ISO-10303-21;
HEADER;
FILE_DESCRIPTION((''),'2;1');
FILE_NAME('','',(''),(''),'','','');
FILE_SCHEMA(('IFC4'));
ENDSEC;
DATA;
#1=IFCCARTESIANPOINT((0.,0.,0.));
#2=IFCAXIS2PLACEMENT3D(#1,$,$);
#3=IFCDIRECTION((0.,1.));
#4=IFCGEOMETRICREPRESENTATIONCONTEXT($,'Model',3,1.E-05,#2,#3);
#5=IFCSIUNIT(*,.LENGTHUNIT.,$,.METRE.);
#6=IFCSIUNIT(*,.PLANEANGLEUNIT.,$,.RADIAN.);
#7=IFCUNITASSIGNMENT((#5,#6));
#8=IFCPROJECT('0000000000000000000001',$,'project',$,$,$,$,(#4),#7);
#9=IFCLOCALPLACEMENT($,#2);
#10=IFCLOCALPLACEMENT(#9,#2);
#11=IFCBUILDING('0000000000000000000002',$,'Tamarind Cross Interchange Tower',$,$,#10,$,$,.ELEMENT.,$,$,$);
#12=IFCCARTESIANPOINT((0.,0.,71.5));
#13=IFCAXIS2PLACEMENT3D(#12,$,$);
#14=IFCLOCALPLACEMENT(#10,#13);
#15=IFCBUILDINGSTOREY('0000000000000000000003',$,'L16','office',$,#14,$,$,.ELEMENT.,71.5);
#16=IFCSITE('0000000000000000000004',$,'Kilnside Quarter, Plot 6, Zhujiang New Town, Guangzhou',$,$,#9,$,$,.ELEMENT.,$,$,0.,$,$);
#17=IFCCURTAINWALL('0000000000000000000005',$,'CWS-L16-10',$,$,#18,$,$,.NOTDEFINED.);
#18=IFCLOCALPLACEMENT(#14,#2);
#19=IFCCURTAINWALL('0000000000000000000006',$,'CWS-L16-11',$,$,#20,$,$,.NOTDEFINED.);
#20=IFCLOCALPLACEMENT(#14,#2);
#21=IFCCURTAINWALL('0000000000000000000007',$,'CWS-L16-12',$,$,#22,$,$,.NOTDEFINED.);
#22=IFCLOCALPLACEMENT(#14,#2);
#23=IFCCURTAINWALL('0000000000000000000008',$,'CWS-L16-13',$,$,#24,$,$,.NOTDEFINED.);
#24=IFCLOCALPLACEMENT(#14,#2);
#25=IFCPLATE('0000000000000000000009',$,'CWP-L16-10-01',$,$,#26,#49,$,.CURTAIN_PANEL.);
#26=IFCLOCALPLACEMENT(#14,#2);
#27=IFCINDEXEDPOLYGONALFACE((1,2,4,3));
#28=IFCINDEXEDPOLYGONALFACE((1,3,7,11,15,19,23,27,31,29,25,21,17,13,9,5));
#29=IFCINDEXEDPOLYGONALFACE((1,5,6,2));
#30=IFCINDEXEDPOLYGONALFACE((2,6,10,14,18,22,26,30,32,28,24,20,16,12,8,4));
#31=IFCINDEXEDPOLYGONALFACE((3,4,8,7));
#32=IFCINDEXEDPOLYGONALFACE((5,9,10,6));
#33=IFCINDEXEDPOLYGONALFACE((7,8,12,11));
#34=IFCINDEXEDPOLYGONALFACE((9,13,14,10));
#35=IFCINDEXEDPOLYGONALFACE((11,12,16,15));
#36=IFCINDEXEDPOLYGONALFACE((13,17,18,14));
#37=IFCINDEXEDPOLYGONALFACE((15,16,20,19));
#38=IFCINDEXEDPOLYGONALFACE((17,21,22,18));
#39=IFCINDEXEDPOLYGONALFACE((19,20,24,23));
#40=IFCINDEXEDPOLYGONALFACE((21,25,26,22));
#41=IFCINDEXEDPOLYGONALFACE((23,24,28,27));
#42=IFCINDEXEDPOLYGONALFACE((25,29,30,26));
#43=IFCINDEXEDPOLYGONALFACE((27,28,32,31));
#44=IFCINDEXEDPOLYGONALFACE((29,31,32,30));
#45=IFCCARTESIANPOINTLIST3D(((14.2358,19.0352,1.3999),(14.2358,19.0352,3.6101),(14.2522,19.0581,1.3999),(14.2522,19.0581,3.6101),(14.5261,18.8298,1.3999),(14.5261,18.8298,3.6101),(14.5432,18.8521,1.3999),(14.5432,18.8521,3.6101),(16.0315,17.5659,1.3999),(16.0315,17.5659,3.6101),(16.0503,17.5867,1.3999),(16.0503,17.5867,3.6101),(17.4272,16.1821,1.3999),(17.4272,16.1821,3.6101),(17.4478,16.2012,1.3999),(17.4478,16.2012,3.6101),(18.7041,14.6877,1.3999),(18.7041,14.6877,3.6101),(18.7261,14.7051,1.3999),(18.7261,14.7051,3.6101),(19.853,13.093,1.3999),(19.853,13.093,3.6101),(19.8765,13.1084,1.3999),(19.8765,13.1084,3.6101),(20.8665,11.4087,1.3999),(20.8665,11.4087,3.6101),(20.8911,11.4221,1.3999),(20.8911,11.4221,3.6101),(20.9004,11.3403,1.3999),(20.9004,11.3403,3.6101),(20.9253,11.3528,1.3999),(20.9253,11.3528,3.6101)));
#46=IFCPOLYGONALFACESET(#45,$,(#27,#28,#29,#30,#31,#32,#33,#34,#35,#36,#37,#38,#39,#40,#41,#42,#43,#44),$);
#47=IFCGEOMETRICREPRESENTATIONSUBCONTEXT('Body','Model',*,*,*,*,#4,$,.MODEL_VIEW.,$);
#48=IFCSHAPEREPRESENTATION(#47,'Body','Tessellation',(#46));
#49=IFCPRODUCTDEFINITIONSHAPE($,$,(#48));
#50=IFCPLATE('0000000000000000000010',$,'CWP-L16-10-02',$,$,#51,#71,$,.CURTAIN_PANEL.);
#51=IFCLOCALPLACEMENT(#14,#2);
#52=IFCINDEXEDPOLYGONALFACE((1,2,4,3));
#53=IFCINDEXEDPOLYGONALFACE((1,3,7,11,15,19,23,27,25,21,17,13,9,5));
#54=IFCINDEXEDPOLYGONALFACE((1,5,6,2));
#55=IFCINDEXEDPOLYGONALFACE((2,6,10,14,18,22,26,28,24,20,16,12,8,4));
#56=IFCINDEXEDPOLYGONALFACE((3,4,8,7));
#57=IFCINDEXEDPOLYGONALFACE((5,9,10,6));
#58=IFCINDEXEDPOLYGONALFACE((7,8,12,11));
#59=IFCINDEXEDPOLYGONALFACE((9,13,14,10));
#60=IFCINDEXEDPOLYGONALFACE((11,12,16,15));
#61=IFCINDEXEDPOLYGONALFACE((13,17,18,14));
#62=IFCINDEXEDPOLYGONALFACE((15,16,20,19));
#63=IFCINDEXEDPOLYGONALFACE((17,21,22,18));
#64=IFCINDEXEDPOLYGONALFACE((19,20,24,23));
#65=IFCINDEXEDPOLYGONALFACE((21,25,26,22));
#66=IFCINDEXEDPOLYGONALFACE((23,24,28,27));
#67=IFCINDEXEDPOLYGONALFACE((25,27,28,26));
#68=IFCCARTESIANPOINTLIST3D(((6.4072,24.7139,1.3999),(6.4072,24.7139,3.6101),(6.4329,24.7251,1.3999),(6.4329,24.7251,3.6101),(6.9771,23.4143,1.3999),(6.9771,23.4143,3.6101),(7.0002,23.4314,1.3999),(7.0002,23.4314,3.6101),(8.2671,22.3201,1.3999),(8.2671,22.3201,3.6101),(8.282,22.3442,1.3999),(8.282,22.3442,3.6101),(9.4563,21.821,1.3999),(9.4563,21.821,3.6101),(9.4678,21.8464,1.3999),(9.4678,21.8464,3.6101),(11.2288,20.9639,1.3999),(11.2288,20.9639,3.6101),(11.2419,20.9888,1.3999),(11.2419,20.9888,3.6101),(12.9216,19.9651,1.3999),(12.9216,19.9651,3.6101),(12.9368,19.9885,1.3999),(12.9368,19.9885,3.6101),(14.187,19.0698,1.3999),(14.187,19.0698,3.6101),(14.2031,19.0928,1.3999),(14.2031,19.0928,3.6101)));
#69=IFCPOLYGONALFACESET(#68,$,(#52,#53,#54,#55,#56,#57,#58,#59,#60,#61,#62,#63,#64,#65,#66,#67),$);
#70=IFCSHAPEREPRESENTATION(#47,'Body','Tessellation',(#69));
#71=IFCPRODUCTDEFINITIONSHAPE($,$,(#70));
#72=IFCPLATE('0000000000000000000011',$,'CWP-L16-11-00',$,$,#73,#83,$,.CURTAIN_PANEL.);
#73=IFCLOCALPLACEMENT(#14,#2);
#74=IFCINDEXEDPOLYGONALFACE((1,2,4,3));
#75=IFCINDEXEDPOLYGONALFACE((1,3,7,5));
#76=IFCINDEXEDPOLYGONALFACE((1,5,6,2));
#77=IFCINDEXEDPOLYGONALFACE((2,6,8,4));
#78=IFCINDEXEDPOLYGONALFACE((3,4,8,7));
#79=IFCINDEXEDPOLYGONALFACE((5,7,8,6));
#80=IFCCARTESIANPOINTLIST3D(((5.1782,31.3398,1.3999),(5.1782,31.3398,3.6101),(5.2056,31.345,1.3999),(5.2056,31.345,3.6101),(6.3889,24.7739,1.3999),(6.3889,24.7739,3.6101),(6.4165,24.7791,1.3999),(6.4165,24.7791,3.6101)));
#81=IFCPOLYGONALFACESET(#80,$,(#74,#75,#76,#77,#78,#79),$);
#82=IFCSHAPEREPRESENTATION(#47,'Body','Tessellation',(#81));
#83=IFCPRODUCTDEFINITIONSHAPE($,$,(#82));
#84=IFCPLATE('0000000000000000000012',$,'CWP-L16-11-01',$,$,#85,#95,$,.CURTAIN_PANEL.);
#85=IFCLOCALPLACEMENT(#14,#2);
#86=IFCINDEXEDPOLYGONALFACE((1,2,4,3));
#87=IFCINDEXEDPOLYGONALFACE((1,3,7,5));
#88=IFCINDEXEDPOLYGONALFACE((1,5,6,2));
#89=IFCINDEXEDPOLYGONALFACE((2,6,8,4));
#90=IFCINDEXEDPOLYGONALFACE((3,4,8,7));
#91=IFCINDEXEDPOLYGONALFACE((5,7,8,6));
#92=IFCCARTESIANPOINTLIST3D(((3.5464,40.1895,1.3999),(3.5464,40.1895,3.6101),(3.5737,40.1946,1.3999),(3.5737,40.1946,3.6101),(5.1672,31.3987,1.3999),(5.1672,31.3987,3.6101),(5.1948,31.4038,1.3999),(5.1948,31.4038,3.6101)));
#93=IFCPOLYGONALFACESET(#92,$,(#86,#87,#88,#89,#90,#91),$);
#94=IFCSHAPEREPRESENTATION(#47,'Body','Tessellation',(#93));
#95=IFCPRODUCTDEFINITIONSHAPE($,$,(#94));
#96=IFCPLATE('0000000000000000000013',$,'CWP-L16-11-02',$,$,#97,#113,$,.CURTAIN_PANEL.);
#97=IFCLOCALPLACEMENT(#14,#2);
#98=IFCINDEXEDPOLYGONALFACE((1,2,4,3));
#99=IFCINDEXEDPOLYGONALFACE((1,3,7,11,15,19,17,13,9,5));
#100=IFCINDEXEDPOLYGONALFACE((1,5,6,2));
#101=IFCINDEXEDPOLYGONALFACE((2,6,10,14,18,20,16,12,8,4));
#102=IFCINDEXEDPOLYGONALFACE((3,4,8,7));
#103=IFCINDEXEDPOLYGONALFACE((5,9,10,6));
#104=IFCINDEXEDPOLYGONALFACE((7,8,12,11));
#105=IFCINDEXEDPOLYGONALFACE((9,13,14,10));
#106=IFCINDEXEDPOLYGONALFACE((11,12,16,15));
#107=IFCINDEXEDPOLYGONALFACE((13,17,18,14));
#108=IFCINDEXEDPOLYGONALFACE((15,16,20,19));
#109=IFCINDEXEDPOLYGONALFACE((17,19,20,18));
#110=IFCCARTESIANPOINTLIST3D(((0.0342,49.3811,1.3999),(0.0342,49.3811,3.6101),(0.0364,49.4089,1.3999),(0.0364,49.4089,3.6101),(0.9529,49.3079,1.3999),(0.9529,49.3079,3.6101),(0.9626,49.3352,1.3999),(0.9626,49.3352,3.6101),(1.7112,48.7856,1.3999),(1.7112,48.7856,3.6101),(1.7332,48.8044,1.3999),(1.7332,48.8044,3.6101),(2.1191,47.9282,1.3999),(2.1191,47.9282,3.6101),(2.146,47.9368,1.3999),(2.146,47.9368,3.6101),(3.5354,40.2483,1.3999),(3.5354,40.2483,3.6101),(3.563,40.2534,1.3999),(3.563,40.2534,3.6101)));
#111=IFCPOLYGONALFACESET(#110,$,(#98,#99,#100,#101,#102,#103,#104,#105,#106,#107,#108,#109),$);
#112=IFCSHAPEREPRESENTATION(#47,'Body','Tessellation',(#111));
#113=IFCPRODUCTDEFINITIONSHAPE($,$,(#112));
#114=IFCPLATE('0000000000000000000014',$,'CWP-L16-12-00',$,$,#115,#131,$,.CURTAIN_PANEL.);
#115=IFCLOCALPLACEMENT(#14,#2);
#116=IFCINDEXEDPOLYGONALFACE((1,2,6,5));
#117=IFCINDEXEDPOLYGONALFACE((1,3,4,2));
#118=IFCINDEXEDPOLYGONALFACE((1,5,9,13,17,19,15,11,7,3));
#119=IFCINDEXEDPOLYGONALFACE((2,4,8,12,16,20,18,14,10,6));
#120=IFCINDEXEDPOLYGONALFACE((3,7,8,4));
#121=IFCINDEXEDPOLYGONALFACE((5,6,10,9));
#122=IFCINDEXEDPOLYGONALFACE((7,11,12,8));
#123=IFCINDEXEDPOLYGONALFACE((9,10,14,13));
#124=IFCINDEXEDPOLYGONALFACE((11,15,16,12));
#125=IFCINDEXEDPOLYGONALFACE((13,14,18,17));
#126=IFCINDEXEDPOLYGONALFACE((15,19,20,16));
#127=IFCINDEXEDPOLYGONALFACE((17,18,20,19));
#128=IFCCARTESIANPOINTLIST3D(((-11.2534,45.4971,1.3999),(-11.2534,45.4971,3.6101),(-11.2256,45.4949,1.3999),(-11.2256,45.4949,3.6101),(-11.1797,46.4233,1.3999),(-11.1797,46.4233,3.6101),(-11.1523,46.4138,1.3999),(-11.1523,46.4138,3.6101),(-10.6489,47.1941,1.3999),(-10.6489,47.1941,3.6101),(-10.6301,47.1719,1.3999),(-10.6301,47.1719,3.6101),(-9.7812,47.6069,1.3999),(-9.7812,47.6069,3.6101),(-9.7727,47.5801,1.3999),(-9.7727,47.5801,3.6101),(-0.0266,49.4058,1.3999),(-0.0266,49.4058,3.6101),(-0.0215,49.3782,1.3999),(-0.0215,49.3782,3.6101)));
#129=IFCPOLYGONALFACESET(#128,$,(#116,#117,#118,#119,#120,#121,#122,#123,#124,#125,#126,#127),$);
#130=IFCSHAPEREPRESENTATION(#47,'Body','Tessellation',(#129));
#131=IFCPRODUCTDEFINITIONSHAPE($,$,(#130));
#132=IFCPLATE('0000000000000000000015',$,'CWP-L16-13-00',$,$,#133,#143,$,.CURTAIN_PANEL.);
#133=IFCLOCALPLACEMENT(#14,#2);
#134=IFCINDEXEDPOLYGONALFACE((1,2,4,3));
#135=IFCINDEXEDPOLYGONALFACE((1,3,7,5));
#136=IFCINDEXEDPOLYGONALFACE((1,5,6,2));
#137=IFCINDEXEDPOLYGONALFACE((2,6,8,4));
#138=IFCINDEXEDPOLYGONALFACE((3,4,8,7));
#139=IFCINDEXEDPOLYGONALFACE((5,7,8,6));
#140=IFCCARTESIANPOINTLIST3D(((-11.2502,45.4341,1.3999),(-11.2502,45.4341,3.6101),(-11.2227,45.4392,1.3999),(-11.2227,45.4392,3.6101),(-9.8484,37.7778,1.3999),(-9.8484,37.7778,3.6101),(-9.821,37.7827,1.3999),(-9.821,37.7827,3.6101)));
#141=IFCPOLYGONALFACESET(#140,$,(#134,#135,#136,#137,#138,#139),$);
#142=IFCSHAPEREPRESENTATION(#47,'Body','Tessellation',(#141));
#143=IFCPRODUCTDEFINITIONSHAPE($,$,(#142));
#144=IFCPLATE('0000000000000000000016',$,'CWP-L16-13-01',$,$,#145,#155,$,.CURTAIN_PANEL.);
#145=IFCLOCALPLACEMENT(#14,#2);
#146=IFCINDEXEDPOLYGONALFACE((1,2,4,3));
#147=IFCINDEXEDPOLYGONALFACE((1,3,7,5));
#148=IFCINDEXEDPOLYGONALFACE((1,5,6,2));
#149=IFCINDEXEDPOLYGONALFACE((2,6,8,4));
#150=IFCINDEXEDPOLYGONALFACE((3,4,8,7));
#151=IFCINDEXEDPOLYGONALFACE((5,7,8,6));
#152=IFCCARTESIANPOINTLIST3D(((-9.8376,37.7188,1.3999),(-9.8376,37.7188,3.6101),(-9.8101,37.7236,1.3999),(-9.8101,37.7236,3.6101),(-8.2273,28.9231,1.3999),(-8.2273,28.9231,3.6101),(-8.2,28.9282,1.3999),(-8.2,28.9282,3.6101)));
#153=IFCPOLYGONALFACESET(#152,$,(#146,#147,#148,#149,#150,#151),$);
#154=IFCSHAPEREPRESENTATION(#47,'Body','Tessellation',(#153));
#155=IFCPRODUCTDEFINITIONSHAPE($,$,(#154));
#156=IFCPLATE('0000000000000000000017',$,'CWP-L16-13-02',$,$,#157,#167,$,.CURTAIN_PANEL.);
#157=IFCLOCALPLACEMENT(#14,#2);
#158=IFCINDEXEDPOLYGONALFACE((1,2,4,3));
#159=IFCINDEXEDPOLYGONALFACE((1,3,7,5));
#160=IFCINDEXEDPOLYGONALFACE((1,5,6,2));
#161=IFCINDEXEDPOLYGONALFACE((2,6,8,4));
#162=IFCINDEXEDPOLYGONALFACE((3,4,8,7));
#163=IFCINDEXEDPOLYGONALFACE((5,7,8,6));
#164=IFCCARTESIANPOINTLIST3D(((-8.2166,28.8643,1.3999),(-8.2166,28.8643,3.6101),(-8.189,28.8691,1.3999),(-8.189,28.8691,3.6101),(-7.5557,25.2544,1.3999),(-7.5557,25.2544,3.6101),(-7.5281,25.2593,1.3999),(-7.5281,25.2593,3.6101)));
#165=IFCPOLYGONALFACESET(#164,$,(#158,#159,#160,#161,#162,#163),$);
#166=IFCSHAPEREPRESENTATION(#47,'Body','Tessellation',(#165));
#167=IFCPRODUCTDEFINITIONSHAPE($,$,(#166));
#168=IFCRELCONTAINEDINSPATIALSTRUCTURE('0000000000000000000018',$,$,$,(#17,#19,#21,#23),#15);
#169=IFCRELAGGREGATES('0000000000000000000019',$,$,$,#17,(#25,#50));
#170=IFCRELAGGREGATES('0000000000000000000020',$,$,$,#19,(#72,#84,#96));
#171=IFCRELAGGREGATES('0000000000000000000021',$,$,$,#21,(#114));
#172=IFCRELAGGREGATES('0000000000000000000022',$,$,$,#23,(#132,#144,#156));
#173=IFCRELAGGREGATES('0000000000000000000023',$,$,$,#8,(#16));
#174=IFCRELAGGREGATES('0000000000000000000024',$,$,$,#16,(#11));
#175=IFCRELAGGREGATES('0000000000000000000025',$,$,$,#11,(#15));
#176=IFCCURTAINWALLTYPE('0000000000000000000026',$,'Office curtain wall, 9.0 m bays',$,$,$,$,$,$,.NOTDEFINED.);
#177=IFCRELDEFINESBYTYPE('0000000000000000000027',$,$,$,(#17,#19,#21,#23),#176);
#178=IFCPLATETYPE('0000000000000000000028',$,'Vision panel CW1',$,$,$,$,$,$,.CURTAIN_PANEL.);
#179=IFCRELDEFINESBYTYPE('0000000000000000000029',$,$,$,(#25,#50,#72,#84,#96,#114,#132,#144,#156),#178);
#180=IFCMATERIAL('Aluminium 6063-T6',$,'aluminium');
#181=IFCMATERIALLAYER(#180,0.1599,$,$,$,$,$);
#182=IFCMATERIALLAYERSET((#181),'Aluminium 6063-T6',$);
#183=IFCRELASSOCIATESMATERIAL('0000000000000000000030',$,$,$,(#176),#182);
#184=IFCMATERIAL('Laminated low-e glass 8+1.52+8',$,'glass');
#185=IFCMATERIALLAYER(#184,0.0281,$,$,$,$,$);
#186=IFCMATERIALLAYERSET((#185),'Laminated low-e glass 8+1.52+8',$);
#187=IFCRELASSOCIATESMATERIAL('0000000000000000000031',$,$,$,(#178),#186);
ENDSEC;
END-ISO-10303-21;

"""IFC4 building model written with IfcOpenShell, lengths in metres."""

from ifc_helpers import new_model, si_unit, direction, frame, origin, place, context, subcontext, project, spatial, polyline, outline, extrude, material, layer, layer_set, type_object, element, aggregate, save


model = new_model("IFC4")

# Units and contexts
model_context = context("Model", 3, precision=1e-05, world=origin(), true_north=direction((0.0, 1.0)))
body_context = subcontext(model_context, "Body", "Model", "MODEL_VIEW")
ifc_project = project(units=[si_unit("LENGTHUNIT", "METRE"), si_unit("PLANEANGLEUNIT", "RADIAN")], contexts=[model_context])

# Site, building, storey
site_placement = place(None, origin())
site = spatial("IfcSite", under=ifc_project, at=site_placement, Name="Kilnside Quarter, Plot 6, Zhujiang New Town, Guangzhou", CompositionType="ELEMENT", RefElevation=0.0)
building_placement = place(site_placement, origin())
building = spatial("IfcBuilding", under=site, at=building_placement, Name="Tamarind Cross Interchange Tower", CompositionType="ELEMENT")
storey_placement = place(building_placement, frame((0.0, 0.0, 71.5)))
storey = spatial("IfcBuildingStorey", under=building, at=storey_placement, Name="L16", Description="office", CompositionType="ELEMENT", Elevation=71.5)

# Curtain walls
ifc_material_1 = material(Name="Aluminium 6063-T6", Category="aluminium")
ifc_layer_1 = layer(ifc_material_1, 0.1599)
ifc_layer_set_1 = layer_set([ifc_layer_1], Name="Aluminium 6063-T6")
curtain_wall_type = type_object("IfcCurtainWallType", Name="Office curtain wall, 9.0 m bays", PredefinedType="NOTDEFINED", material=ifc_layer_set_1)
curtain_wall_1_placement = place(storey_placement, origin())
curtain_wall_1 = element("IfcCurtainWall", 1, at=curtain_wall_1_placement, inside=storey, type_object=curtain_wall_type, Name="CWS-L16-10", PredefinedType="NOTDEFINED")
curtain_wall_2_placement = place(storey_placement, origin())
curtain_wall_2 = element("IfcCurtainWall", 2, at=curtain_wall_2_placement, inside=storey, type_object=curtain_wall_type, Name="CWS-L16-11", PredefinedType="NOTDEFINED")
curtain_wall_3_placement = place(storey_placement, origin())
curtain_wall_3 = element("IfcCurtainWall", 3, at=curtain_wall_3_placement, inside=storey, type_object=curtain_wall_type, Name="CWS-L16-12", PredefinedType="NOTDEFINED")
curtain_wall_4_placement = place(storey_placement, origin())
curtain_wall_4 = element("IfcCurtainWall", 4, at=curtain_wall_4_placement, inside=storey, type_object=curtain_wall_type, Name="CWS-L16-13", PredefinedType="NOTDEFINED")

# Plates
ifc_material_2 = material(Name="Laminated low-e glass 8+1.52+8", Category="glass")
ifc_layer_2 = layer(ifc_material_2, 0.0281)
ifc_layer_set_2 = layer_set([ifc_layer_2], Name="Laminated low-e glass 8+1.52+8")
plate_type = type_object("IfcPlateType", Name="Vision panel CW1", PredefinedType="CURTAIN_PANEL", material=ifc_layer_set_2)
plate_1_placement = place(storey_placement, frame((0.0, 0.0, 1.3999)))
plate_1 = element("IfcPlate", 5, at=plate_1_placement, type_object=plate_type, Name="CWP-L16-10-01", PredefinedType="CURTAIN_PANEL", context=body_context, shape_type="SweptSolid", body=[
    extrude(outline(polyline([(20.9004, 11.3403), (20.8665, 11.4087), (19.853, 13.093), (18.7041, 14.6877), (17.4272, 16.1821), (16.0315, 17.5659), (14.5261, 18.8298), (14.2358, 19.0352), (14.2522, 19.0581), (14.5432, 18.8521), (16.0503, 17.5867), (17.4478, 16.2012), (18.7261, 14.7051), (19.8765, 13.1084), (20.8911, 11.4221), (20.9253, 11.3528), (20.9004, 11.3403)])), origin(), (0.0, 0.0, 1.0), 2.2102),
])
plate_2_placement = place(storey_placement, frame((0.0, 0.0, 1.3999)))
plate_2 = element("IfcPlate", 6, at=plate_2_placement, type_object=plate_type, Name="CWP-L16-10-02", PredefinedType="CURTAIN_PANEL", context=body_context, shape_type="SweptSolid", body=[
    extrude(outline(polyline([(14.187, 19.0698), (12.9216, 19.9651), (11.2288, 20.9639), (9.4563, 21.821), (8.2671, 22.3201), (6.9771, 23.4143), (6.4072, 24.7139), (6.4329, 24.7251), (7.0002, 23.4314), (8.282, 22.3442), (9.4678, 21.8464), (11.2419, 20.9888), (12.9368, 19.9885), (14.2031, 19.0928), (14.187, 19.0698)])), origin(), (0.0, 0.0, 1.0), 2.2102),
])
aggregate(curtain_wall_1, [plate_1, plate_2])
plate_3_placement = place(storey_placement, frame((0.0, 0.0, 1.3999)))
plate_3 = element("IfcPlate", 7, at=plate_3_placement, type_object=plate_type, Name="CWP-L16-11-00", PredefinedType="CURTAIN_PANEL", context=body_context, shape_type="SweptSolid", body=[
    extrude(outline(polyline([(6.3889, 24.7739), (5.1782, 31.3398), (5.2056, 31.345), (6.4165, 24.7791), (6.3889, 24.7739)])), origin(), (0.0, 0.0, 1.0), 2.2102),
])
plate_4_placement = place(storey_placement, frame((0.0, 0.0, 1.3999)))
plate_4 = element("IfcPlate", 8, at=plate_4_placement, type_object=plate_type, Name="CWP-L16-11-01", PredefinedType="CURTAIN_PANEL", context=body_context, shape_type="SweptSolid", body=[
    extrude(outline(polyline([(5.1672, 31.3987), (3.5464, 40.1895), (3.5737, 40.1946), (5.1948, 31.4038), (5.1672, 31.3987)])), origin(), (0.0, 0.0, 1.0), 2.2102),
])
plate_5_placement = place(storey_placement, frame((0.0, 0.0, 1.3999)))
plate_5 = element("IfcPlate", 9, at=plate_5_placement, type_object=plate_type, Name="CWP-L16-11-02", PredefinedType="CURTAIN_PANEL", context=body_context, shape_type="SweptSolid", body=[
    extrude(outline(polyline([(3.5354, 40.2483), (2.1191, 47.9282), (1.7112, 48.7856), (0.9529, 49.3079), (0.0342, 49.3811), (0.0364, 49.4089), (0.9626, 49.3352), (1.7332, 48.8044), (2.146, 47.9368), (3.563, 40.2534), (3.5354, 40.2483)])), origin(), (0.0, 0.0, 1.0), 2.2102),
])
aggregate(curtain_wall_2, [plate_3, plate_4, plate_5])
plate_6_placement = place(storey_placement, frame((0.0, 0.0, 1.3999)))
plate_6 = element("IfcPlate", 10, at=plate_6_placement, type_object=plate_type, Name="CWP-L16-12-00", PredefinedType="CURTAIN_PANEL", context=body_context, shape_type="SweptSolid", body=[
    extrude(outline(polyline([(-0.0215, 49.3782), (-9.7727, 47.5801), (-10.6301, 47.1719), (-11.1523, 46.4138), (-11.2256, 45.4949), (-11.2534, 45.4971), (-11.1797, 46.4233), (-10.6489, 47.1941), (-9.7812, 47.6069), (-0.0266, 49.4058), (-0.0215, 49.3782)])), origin(), (0.0, 0.0, 1.0), 2.2102),
])
aggregate(curtain_wall_3, [plate_6])
plate_7_placement = place(storey_placement, frame((0.0, 0.0, 1.3999)))
plate_7 = element("IfcPlate", 11, at=plate_7_placement, type_object=plate_type, Name="CWP-L16-13-00", PredefinedType="CURTAIN_PANEL", context=body_context, shape_type="SweptSolid", body=[
    extrude(outline(polyline([(-11.2227, 45.4392), (-9.821, 37.7827), (-9.8484, 37.7778), (-11.2502, 45.4341), (-11.2227, 45.4392)])), origin(), (0.0, 0.0, 1.0), 2.2102),
])
plate_8_placement = place(storey_placement, frame((0.0, 0.0, 1.3999)))
plate_8 = element("IfcPlate", 12, at=plate_8_placement, type_object=plate_type, Name="CWP-L16-13-01", PredefinedType="CURTAIN_PANEL", context=body_context, shape_type="SweptSolid", body=[
    extrude(outline(polyline([(-9.8101, 37.7236), (-8.2, 28.9282), (-8.2273, 28.9231), (-9.8376, 37.7188), (-9.8101, 37.7236)])), origin(), (0.0, 0.0, 1.0), 2.2102),
])
plate_9_placement = place(storey_placement, frame((0.0, 0.0, 1.3999)))
plate_9 = element("IfcPlate", 13, at=plate_9_placement, type_object=plate_type, Name="CWP-L16-13-02", PredefinedType="CURTAIN_PANEL", context=body_context, shape_type="SweptSolid", body=[
    extrude(outline(polyline([(-8.189, 28.8691), (-7.5281, 25.2593), (-7.5557, 25.2544), (-8.2166, 28.8643), (-8.189, 28.8691)])), origin(), (0.0, 0.0, 1.0), 2.2102),
])
aggregate(curtain_wall_4, [plate_7, plate_8, plate_9])

save(model, "model.ifc")
